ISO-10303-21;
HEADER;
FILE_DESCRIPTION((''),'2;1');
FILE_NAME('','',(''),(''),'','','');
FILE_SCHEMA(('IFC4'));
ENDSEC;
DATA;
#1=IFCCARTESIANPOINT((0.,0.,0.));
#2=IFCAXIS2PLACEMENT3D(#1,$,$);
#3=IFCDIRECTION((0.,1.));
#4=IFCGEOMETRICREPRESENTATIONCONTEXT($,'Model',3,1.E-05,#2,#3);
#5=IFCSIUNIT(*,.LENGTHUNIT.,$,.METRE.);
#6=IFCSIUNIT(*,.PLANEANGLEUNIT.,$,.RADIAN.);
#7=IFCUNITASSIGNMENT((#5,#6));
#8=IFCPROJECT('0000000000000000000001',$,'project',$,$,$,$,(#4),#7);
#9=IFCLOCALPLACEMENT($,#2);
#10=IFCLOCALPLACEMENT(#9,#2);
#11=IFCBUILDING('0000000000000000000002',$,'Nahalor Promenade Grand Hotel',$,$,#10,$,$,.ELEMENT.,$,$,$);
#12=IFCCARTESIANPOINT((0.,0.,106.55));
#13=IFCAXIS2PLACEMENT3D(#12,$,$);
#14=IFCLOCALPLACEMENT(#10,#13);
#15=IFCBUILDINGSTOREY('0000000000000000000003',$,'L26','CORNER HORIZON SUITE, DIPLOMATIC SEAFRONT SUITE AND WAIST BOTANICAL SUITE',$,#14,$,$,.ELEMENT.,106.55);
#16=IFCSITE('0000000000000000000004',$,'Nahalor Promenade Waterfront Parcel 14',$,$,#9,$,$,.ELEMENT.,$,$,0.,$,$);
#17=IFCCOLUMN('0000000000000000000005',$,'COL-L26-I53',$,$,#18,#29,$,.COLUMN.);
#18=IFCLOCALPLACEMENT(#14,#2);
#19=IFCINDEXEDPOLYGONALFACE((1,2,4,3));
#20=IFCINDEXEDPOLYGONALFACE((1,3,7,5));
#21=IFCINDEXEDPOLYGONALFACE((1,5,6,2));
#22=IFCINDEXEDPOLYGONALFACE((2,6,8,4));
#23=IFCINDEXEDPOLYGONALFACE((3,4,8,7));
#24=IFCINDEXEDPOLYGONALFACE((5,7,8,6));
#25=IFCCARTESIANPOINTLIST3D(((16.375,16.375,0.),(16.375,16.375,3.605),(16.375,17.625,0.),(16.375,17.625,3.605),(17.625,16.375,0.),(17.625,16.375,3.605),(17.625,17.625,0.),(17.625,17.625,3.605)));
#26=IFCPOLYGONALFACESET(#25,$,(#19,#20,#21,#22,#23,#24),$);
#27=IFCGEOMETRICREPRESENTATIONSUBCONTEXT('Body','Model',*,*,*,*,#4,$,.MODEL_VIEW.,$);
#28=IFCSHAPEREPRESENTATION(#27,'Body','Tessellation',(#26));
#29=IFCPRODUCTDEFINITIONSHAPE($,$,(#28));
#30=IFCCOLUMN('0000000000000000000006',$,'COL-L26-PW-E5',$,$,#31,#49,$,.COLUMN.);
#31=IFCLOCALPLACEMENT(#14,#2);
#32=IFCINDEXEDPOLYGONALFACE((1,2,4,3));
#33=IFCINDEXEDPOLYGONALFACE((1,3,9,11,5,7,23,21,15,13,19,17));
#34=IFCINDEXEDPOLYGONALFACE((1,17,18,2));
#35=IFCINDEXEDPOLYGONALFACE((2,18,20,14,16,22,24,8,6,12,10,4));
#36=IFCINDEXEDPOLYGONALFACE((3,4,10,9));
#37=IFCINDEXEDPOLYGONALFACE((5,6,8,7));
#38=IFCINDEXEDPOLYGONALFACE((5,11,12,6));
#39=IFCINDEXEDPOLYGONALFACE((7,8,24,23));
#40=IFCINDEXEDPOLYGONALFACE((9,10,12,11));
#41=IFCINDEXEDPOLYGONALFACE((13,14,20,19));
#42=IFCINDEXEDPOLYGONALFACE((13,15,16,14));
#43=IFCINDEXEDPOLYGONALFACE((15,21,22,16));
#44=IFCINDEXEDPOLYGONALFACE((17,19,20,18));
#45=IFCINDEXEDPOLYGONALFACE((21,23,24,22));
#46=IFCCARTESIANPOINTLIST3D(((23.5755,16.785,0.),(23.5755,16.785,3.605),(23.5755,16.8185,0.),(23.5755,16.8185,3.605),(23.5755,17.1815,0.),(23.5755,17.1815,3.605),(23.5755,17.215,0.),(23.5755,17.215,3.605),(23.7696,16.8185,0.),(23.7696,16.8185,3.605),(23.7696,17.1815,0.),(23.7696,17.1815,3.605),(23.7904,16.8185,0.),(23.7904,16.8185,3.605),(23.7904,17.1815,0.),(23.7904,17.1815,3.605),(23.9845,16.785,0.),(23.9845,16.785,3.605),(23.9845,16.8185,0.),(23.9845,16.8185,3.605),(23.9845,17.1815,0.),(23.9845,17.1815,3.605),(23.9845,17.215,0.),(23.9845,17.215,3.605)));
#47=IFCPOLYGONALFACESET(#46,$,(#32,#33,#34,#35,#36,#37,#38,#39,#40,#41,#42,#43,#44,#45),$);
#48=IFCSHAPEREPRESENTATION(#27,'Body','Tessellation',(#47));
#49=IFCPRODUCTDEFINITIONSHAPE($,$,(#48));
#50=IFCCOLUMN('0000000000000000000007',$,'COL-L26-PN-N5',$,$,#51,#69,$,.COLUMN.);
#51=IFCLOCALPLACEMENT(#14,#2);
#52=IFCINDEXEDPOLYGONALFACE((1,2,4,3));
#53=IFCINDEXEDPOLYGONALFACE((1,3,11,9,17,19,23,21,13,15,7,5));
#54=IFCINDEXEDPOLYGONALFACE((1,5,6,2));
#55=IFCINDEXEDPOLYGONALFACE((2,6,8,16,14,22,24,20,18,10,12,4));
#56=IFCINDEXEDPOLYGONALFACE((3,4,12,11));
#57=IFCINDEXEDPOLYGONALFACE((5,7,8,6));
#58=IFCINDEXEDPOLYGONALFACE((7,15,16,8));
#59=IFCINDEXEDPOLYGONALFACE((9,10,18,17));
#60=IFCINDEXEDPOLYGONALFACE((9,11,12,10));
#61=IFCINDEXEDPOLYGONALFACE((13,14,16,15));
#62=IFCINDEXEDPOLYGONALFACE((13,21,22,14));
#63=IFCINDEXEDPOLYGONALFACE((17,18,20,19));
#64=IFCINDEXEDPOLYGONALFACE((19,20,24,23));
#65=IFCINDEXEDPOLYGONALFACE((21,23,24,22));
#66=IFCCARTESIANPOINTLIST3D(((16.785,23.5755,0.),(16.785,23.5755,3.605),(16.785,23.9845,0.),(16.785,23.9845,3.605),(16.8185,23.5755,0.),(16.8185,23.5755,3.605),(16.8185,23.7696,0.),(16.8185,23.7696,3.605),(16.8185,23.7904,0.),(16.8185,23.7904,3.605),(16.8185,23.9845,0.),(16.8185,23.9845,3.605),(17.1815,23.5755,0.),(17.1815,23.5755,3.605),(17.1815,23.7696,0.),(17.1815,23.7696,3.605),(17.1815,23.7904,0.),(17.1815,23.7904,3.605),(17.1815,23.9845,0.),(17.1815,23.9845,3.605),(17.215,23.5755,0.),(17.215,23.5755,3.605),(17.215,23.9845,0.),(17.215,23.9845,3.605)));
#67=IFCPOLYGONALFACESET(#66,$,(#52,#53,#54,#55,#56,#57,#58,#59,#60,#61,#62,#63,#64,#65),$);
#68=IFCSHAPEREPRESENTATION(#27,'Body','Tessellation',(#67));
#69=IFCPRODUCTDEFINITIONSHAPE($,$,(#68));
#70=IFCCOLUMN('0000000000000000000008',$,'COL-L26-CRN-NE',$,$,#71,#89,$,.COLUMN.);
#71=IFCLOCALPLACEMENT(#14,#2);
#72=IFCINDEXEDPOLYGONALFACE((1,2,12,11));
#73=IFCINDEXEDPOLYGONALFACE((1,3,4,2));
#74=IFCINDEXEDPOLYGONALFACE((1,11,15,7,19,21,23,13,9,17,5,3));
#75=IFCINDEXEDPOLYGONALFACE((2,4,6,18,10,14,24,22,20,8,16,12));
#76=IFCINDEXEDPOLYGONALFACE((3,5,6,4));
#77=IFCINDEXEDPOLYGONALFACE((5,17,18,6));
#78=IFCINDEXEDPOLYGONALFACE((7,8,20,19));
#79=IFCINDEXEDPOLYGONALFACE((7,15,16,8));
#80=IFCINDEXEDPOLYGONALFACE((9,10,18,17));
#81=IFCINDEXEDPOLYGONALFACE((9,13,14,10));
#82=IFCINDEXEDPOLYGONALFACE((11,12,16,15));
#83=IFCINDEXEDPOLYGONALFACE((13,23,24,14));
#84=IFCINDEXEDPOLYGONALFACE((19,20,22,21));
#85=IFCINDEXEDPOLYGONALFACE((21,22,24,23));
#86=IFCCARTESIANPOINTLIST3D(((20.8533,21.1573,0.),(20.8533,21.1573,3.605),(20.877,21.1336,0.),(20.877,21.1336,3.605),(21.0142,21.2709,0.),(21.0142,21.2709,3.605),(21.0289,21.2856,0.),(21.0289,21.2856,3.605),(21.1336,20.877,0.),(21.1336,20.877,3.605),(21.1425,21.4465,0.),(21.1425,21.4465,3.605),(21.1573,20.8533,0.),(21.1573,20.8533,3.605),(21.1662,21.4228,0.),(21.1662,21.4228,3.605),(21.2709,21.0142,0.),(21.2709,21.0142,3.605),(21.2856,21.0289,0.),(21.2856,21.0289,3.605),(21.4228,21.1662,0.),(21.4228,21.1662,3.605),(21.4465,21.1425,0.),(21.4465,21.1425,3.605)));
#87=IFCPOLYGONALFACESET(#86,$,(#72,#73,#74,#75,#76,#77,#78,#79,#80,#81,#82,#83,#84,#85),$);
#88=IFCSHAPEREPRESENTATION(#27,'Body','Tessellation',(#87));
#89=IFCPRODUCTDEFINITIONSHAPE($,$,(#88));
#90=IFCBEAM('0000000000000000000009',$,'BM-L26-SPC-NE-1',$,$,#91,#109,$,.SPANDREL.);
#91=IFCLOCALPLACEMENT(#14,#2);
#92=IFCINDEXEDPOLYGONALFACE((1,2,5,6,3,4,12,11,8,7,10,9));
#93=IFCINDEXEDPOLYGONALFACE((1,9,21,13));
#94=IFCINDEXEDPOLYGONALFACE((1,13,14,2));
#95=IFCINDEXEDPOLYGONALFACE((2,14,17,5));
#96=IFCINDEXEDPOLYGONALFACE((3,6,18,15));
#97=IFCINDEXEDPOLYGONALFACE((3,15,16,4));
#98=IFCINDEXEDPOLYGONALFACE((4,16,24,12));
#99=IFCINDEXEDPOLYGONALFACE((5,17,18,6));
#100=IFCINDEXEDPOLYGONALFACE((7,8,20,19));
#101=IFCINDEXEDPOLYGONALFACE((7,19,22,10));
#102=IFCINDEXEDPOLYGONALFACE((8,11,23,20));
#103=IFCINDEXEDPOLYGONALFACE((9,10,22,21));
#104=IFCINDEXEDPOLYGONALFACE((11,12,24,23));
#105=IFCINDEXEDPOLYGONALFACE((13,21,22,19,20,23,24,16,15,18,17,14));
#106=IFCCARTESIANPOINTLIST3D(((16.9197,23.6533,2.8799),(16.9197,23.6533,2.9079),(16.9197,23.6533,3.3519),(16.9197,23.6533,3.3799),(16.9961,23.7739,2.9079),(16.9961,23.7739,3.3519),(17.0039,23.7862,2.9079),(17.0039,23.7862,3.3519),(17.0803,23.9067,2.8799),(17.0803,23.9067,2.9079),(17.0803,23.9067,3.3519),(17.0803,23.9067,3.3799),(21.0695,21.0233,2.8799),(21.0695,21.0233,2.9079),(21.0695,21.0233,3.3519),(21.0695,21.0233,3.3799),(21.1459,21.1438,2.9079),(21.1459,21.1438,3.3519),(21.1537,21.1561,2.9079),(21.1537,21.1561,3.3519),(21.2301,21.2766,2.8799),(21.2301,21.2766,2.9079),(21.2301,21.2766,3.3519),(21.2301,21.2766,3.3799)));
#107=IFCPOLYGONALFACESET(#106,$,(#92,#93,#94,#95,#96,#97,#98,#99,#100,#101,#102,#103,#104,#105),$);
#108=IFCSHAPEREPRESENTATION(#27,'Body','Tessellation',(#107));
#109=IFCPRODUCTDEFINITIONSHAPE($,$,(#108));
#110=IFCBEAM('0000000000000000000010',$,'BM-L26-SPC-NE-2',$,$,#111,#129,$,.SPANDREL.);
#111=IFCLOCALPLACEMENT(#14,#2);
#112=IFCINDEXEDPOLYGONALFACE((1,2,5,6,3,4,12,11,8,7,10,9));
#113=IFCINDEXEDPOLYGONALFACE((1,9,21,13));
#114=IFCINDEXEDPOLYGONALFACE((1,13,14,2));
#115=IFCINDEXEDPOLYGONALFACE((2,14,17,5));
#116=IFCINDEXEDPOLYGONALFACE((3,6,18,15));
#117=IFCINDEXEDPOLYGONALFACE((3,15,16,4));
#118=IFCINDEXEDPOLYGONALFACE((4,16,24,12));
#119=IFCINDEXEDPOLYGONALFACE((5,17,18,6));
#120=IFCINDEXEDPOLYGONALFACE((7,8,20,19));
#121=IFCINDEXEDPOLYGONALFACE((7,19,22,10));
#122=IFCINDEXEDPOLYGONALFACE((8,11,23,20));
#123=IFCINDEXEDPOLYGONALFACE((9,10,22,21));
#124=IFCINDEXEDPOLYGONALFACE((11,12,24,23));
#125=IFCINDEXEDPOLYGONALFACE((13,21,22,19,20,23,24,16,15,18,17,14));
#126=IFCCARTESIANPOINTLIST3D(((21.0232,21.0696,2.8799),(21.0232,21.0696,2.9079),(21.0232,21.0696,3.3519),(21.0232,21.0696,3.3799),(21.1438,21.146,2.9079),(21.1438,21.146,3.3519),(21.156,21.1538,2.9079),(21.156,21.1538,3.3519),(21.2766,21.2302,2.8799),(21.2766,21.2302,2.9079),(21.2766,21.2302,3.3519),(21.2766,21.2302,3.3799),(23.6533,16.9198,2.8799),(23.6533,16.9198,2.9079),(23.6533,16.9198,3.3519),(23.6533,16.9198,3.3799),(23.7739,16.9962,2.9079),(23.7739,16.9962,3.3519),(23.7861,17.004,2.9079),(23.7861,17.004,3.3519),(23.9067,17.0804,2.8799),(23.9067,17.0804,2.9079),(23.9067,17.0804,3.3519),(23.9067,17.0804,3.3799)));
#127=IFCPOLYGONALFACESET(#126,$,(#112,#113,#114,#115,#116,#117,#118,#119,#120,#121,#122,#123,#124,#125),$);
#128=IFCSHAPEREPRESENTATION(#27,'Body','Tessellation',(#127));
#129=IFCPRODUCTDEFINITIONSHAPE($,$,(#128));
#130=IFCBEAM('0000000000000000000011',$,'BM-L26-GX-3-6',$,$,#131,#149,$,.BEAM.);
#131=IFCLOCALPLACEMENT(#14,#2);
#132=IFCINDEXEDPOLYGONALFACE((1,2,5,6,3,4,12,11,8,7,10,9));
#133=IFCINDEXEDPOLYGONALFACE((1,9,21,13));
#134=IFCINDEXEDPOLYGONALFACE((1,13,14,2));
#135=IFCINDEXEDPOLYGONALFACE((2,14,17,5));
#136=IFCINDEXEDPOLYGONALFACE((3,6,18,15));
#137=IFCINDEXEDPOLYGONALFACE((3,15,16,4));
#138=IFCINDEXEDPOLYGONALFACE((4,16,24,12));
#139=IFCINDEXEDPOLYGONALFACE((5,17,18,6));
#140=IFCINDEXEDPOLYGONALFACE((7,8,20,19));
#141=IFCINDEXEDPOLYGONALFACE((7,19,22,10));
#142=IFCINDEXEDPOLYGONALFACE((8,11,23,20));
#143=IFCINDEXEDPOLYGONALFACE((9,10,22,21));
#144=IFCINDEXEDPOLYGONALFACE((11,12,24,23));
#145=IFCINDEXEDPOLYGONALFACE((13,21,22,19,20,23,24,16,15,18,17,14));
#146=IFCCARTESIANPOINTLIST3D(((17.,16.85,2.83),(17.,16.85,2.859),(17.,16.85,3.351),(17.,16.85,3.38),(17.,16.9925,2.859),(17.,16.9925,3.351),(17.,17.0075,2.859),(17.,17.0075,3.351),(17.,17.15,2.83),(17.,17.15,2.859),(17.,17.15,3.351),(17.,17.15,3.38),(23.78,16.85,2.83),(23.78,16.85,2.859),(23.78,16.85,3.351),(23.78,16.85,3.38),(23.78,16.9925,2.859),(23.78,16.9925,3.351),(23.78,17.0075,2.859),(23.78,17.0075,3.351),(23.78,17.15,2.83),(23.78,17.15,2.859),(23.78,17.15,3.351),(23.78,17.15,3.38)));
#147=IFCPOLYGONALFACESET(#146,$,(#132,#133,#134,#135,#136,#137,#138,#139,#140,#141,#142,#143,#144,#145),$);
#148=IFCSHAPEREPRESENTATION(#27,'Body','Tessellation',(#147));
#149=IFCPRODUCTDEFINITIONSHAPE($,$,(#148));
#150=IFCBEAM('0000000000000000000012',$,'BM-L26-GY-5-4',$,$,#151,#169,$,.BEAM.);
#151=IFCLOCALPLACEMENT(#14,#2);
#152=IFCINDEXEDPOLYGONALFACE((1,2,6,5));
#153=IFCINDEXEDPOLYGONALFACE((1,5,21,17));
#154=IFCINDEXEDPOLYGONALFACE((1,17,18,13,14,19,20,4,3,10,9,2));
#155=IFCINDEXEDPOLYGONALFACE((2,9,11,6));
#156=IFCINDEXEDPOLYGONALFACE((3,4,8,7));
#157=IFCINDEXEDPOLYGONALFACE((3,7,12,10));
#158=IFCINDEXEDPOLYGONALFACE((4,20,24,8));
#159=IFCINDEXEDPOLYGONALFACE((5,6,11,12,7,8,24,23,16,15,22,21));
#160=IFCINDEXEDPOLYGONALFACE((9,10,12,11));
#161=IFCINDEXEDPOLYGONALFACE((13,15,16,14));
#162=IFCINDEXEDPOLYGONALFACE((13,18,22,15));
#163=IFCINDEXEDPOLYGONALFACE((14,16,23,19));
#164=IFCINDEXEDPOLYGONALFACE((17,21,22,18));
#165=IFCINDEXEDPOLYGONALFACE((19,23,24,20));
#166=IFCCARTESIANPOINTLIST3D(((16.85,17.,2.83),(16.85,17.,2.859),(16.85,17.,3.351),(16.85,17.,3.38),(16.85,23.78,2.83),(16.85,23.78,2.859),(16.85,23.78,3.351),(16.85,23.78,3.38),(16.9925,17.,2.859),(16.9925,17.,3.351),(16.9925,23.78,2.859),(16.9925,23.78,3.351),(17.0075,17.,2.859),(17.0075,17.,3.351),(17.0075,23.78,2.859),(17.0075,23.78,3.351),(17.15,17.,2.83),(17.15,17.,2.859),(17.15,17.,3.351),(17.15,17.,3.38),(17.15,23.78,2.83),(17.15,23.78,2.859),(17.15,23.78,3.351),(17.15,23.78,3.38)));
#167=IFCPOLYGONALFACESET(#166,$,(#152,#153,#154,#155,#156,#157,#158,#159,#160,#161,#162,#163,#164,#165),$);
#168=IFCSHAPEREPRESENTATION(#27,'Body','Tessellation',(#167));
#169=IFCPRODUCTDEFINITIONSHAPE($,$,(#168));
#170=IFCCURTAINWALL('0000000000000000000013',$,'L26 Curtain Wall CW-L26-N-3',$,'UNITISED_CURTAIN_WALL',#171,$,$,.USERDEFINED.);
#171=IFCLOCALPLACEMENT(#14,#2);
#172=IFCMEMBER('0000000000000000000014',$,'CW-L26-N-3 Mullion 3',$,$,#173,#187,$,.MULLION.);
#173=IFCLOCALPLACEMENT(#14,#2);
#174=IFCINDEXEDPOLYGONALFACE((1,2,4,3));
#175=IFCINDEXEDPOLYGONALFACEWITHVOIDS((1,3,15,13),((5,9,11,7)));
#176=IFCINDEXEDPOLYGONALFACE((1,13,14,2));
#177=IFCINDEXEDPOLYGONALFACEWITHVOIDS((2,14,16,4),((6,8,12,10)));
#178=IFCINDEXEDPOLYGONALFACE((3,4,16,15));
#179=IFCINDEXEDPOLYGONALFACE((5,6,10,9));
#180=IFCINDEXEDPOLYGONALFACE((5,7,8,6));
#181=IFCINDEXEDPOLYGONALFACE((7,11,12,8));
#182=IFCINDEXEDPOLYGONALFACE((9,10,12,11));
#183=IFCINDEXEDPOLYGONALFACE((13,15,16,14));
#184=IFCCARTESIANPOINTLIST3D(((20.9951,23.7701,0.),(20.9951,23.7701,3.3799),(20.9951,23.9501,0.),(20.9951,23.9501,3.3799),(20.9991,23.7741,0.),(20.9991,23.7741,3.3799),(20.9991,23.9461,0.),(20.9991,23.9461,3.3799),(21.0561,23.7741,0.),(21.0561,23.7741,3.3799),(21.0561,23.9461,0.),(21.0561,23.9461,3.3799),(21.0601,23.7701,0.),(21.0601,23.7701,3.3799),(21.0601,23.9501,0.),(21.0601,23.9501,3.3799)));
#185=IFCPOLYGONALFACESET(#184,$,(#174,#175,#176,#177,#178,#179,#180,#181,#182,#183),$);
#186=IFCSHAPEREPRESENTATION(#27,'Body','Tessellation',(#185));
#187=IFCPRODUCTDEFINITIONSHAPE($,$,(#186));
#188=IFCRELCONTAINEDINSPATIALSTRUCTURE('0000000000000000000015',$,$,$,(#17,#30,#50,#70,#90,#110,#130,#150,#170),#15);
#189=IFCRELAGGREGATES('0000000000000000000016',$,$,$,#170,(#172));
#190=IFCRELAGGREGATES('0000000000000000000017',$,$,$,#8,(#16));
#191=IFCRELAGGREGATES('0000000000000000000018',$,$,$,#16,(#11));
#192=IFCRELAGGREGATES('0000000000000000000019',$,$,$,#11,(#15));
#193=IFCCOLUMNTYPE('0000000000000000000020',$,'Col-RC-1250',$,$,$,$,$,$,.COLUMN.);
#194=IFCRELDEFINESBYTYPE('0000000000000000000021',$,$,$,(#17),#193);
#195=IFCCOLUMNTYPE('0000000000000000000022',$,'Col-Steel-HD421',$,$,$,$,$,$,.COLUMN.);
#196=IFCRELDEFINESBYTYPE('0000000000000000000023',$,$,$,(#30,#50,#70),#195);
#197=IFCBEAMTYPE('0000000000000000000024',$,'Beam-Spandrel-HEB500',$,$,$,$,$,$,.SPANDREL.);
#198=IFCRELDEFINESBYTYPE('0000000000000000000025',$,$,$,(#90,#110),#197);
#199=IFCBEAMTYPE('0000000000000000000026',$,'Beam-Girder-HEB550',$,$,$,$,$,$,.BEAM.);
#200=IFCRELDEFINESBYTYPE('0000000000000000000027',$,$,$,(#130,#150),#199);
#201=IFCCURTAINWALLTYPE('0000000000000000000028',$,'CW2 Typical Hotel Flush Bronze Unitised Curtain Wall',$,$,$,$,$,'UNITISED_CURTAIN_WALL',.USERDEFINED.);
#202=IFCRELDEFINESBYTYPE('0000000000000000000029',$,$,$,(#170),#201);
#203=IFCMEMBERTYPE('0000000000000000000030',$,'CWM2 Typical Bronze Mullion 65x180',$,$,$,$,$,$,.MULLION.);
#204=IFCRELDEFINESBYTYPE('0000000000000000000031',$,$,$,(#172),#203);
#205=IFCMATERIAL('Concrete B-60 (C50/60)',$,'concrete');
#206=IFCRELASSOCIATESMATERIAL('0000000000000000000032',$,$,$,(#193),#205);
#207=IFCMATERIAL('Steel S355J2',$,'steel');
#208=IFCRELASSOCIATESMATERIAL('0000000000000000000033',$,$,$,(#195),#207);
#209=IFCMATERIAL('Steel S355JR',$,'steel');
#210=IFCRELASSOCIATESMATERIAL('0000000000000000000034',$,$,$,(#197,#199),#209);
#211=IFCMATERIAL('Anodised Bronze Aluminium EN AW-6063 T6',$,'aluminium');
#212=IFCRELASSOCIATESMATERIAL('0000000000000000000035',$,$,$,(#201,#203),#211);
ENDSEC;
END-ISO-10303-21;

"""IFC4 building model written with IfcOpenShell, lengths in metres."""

from ifc_helpers import new_model, si_unit, direction, frame, origin, origin_2d, place, context, subcontext, project, spatial, rectangle, hollow_rectangle, i_section, extrude, source, transform, mapped, material, material_profile, profile_set, type_object, element, aggregate, save


model = new_model("IFC4")

# Units and contexts
model_context = context("Model", 3, precision=1e-05, world=origin(), true_north=direction((0.0, 1.0)))
body_context = subcontext(model_context, "Body", "Model", "MODEL_VIEW")
ifc_project = project(units=[si_unit("LENGTHUNIT", "METRE"), si_unit("PLANEANGLEUNIT", "RADIAN")], contexts=[model_context])

# Site, building, storey
site_placement = place(None, origin())
site = spatial("IfcSite", under=ifc_project, at=site_placement, Name="Nahalor Promenade Waterfront Parcel 14", CompositionType="ELEMENT", RefElevation=0.0)
building_placement = place(site_placement, origin())
building = spatial("IfcBuilding", under=site, at=building_placement, Name="Nahalor Promenade Grand Hotel", CompositionType="ELEMENT")
storey_placement = place(building_placement, frame((0.0, 0.0, 106.55)))
storey = spatial("IfcBuildingStorey", under=building, at=storey_placement, Name="L26", Description="CORNER HORIZON SUITE, DIPLOMATIC SEAFRONT SUITE AND WAIST BOTANICAL SUITE", CompositionType="ELEMENT", Elevation=106.55)

# Columns
ifc_material_1 = material(Name="Concrete B-60 (C50/60)", Category="concrete")
ifc_material_profile_1 = material_profile(ifc_material_1, rectangle(XDim=1.25, YDim=1.25, at=origin_2d()), Name="RC 1250x1250")
ifc_profile_set_1 = profile_set([ifc_material_profile_1], Name="Concrete B-60 (C50/60)")
column_type_1 = type_object("IfcColumnType", Name="Col-RC-1250", PredefinedType="COLUMN", material=ifc_profile_set_1)
shared_shape_1 = source(origin(), body_context, "Body", "SweptSolid", [
    extrude(rectangle(XDim=1.25, YDim=1.25, at=origin_2d()), origin(), (0.0, 0.0, 1.0), 3.605),
])
column_placement = place(storey_placement, frame((17.0, 17.0, 0.0), z_axis=(0.0, 0.0, 1.0), x_axis=(1.0, 0.0, 0.0)))
element("IfcColumn", 1, at=column_placement, inside=storey, type_object=column_type_1, Name="COL-L26-I53", PredefinedType="COLUMN", context=body_context, shape_type="MappedRepresentation", body=[
    mapped(shared_shape_1, transform((0.0, 0.0, 0.0), scale=1.0)),
])
ifc_material_2 = material(Name="Steel S355J2", Category="steel")
ifc_material_profile_2 = material_profile(ifc_material_2, i_section(OverallWidth=0.409, OverallDepth=0.43, WebThickness=0.0208, FlangeThickness=0.0335, at=origin_2d()), Name="HD 400x421")
ifc_profile_set_2 = profile_set([ifc_material_profile_2], Name="Steel S355J2")
column_type_2 = type_object("IfcColumnType", Name="Col-Steel-HD421", PredefinedType="COLUMN", material=ifc_profile_set_2)
shared_shape_2 = source(origin(), body_context, "Body", "SweptSolid", [
    extrude(i_section(OverallWidth=0.409, OverallDepth=0.43, WebThickness=0.0208, FlangeThickness=0.0335, at=origin_2d()), origin(), (0.0, 0.0, 1.0), 3.605),
])
for number, where, z_axis, x_axis, name in (
    (2, (23.78, 17.0, 0.0), (0.0, 0.0, 1.0), (1.0, 0.0, 0.0), "COL-L26-PW-E5"),
    (3, (17.0, 23.78, 0.0), (0.0, 0.0, 1.0), (0.0, 1.0, 0.0), "COL-L26-PN-N5"),
    (4, (21.1499, 21.1499, 0.0), (0.0, 0.0, 1.0), (0.707107, 0.707107, 0.0), "COL-L26-CRN-NE"),
):
    element("IfcColumn", number, at=place(storey_placement, frame(where, z_axis=z_axis, x_axis=x_axis)), inside=storey, type_object=column_type_2, Name=name, PredefinedType="COLUMN", context=body_context, shape_type="MappedRepresentation", body=[
        mapped(shared_shape_2, transform((0.0, 0.0, 0.0), scale=1.0)),
    ])

# Beams
ifc_material_3 = material(Name="Steel S355JR", Category="steel")
ifc_material_profile_3 = material_profile(ifc_material_3, i_section(OverallWidth=0.3, OverallDepth=0.5, WebThickness=0.0145, FlangeThickness=0.028, at=origin_2d()), Name="HEB 500")
ifc_profile_set_3 = profile_set([ifc_material_profile_3], Name="Steel S355JR")
beam_type_1 = type_object("IfcBeamType", Name="Beam-Spandrel-HEB500", PredefinedType="SPANDREL", material=ifc_profile_set_3)
shared_shape_3 = source(origin(), body_context, "Body", "SweptSolid", [
    extrude(i_section(OverallWidth=0.3, OverallDepth=0.5, WebThickness=0.0145, FlangeThickness=0.028, at=origin_2d()), origin(), (0.0, 0.0, 1.0), 4.9131),
])
for number, where, z_axis, x_axis, name in (
    (5, (17.0, 23.78, 3.1299), (0.844648, -0.535322, 0.0), (0.535322, 0.844648, 0.0), "BM-L26-SPC-NE-1"),
    (6, (21.1499, 21.1499, 3.1299), (0.535322, -0.844648, 0.0), (0.844648, 0.535322, 0.0), "BM-L26-SPC-NE-2"),
):
    element("IfcBeam", number, at=place(storey_placement, frame(where, z_axis=z_axis, x_axis=x_axis)), inside=storey, type_object=beam_type_1, Name=name, PredefinedType="SPANDREL", context=body_context, shape_type="MappedRepresentation", body=[
        mapped(shared_shape_3, transform((0.0, 0.0, 0.0), scale=1.0)),
    ])
ifc_material_profile_4 = material_profile(ifc_material_3, i_section(OverallWidth=0.3, OverallDepth=0.55, WebThickness=0.015, FlangeThickness=0.029, at=origin_2d()), Name="HEB 550")
ifc_profile_set_4 = profile_set([ifc_material_profile_4], Name="Steel S355JR")
beam_type_2 = type_object("IfcBeamType", Name="Beam-Girder-HEB550", PredefinedType="BEAM", material=ifc_profile_set_4)
shared_shape_4 = source(origin(), body_context, "Body", "SweptSolid", [
    extrude(i_section(OverallWidth=0.3, OverallDepth=0.55, WebThickness=0.015, FlangeThickness=0.029, at=origin_2d()), origin(), (0.0, 0.0, 1.0), 6.78),
])
for number, where, z_axis, x_axis, name in (
    (7, (17.0, 17.0, 3.105), (1.0, 0.0, 0.0), (0.0, 1.0, 0.0), "BM-L26-GX-3-6"),
    (8, (17.0, 17.0, 3.105), (0.0, 1.0, 0.0), (-1.0, 0.0, 0.0), "BM-L26-GY-5-4"),
):
    element("IfcBeam", number, at=place(storey_placement, frame(where, z_axis=z_axis, x_axis=x_axis)), inside=storey, type_object=beam_type_2, Name=name, PredefinedType="BEAM", context=body_context, shape_type="MappedRepresentation", body=[
        mapped(shared_shape_4, transform((0.0, 0.0, 0.0), scale=1.0)),
    ])

# Curtain wall, member
ifc_material_4 = material(Name="Anodised Bronze Aluminium EN AW-6063 T6", Category="aluminium")
curtain_wall_type = type_object("IfcCurtainWallType", Name="CW2 Typical Hotel Flush Bronze Unitised Curtain Wall", ElementType="UNITISED_CURTAIN_WALL", PredefinedType="USERDEFINED", material=ifc_material_4)
curtain_wall_1_placement = place(storey_placement, origin())
curtain_wall_1 = element("IfcCurtainWall", 9, at=curtain_wall_1_placement, inside=storey, type_object=curtain_wall_type, Name="L26 Curtain Wall CW-L26-N-3", ObjectType="UNITISED_CURTAIN_WALL", PredefinedType="USERDEFINED")
ifc_material_profile_5 = material_profile(ifc_material_4, hollow_rectangle(XDim=0.065, YDim=0.18, WallThickness=0.004, at=origin_2d()), Name="CWM 65x180x4")
ifc_profile_set_5 = profile_set([ifc_material_profile_5], Name="Anodised Bronze Aluminium EN AW-6063 T6")
member_type_1 = type_object("IfcMemberType", Name="CWM2 Typical Bronze Mullion 65x180", PredefinedType="MULLION", material=ifc_profile_set_5)
shared_shape_5 = source(origin(), body_context, "Body", "SweptSolid", [
    extrude(hollow_rectangle(XDim=0.065, YDim=0.18, WallThickness=0.004, at=origin_2d()), origin(), (0.0, 0.0, 1.0), 3.3799),
])
member_1_placement = place(storey_placement, frame((21.0276, 23.8601, 0.0), z_axis=(0.0, 0.0, 1.0), x_axis=(1.0, 0.0, 0.0)))
member_1 = element("IfcMember", 10, at=member_1_placement, type_object=member_type_1, Name="CW-L26-N-3 Mullion 3", PredefinedType="MULLION", context=body_context, shape_type="MappedRepresentation", body=[
    mapped(shared_shape_5, transform((0.0, 0.0, 0.0), scale=1.0)),
])

aggregate(curtain_wall_1, [member_1])

save(model, "model.ifc")
